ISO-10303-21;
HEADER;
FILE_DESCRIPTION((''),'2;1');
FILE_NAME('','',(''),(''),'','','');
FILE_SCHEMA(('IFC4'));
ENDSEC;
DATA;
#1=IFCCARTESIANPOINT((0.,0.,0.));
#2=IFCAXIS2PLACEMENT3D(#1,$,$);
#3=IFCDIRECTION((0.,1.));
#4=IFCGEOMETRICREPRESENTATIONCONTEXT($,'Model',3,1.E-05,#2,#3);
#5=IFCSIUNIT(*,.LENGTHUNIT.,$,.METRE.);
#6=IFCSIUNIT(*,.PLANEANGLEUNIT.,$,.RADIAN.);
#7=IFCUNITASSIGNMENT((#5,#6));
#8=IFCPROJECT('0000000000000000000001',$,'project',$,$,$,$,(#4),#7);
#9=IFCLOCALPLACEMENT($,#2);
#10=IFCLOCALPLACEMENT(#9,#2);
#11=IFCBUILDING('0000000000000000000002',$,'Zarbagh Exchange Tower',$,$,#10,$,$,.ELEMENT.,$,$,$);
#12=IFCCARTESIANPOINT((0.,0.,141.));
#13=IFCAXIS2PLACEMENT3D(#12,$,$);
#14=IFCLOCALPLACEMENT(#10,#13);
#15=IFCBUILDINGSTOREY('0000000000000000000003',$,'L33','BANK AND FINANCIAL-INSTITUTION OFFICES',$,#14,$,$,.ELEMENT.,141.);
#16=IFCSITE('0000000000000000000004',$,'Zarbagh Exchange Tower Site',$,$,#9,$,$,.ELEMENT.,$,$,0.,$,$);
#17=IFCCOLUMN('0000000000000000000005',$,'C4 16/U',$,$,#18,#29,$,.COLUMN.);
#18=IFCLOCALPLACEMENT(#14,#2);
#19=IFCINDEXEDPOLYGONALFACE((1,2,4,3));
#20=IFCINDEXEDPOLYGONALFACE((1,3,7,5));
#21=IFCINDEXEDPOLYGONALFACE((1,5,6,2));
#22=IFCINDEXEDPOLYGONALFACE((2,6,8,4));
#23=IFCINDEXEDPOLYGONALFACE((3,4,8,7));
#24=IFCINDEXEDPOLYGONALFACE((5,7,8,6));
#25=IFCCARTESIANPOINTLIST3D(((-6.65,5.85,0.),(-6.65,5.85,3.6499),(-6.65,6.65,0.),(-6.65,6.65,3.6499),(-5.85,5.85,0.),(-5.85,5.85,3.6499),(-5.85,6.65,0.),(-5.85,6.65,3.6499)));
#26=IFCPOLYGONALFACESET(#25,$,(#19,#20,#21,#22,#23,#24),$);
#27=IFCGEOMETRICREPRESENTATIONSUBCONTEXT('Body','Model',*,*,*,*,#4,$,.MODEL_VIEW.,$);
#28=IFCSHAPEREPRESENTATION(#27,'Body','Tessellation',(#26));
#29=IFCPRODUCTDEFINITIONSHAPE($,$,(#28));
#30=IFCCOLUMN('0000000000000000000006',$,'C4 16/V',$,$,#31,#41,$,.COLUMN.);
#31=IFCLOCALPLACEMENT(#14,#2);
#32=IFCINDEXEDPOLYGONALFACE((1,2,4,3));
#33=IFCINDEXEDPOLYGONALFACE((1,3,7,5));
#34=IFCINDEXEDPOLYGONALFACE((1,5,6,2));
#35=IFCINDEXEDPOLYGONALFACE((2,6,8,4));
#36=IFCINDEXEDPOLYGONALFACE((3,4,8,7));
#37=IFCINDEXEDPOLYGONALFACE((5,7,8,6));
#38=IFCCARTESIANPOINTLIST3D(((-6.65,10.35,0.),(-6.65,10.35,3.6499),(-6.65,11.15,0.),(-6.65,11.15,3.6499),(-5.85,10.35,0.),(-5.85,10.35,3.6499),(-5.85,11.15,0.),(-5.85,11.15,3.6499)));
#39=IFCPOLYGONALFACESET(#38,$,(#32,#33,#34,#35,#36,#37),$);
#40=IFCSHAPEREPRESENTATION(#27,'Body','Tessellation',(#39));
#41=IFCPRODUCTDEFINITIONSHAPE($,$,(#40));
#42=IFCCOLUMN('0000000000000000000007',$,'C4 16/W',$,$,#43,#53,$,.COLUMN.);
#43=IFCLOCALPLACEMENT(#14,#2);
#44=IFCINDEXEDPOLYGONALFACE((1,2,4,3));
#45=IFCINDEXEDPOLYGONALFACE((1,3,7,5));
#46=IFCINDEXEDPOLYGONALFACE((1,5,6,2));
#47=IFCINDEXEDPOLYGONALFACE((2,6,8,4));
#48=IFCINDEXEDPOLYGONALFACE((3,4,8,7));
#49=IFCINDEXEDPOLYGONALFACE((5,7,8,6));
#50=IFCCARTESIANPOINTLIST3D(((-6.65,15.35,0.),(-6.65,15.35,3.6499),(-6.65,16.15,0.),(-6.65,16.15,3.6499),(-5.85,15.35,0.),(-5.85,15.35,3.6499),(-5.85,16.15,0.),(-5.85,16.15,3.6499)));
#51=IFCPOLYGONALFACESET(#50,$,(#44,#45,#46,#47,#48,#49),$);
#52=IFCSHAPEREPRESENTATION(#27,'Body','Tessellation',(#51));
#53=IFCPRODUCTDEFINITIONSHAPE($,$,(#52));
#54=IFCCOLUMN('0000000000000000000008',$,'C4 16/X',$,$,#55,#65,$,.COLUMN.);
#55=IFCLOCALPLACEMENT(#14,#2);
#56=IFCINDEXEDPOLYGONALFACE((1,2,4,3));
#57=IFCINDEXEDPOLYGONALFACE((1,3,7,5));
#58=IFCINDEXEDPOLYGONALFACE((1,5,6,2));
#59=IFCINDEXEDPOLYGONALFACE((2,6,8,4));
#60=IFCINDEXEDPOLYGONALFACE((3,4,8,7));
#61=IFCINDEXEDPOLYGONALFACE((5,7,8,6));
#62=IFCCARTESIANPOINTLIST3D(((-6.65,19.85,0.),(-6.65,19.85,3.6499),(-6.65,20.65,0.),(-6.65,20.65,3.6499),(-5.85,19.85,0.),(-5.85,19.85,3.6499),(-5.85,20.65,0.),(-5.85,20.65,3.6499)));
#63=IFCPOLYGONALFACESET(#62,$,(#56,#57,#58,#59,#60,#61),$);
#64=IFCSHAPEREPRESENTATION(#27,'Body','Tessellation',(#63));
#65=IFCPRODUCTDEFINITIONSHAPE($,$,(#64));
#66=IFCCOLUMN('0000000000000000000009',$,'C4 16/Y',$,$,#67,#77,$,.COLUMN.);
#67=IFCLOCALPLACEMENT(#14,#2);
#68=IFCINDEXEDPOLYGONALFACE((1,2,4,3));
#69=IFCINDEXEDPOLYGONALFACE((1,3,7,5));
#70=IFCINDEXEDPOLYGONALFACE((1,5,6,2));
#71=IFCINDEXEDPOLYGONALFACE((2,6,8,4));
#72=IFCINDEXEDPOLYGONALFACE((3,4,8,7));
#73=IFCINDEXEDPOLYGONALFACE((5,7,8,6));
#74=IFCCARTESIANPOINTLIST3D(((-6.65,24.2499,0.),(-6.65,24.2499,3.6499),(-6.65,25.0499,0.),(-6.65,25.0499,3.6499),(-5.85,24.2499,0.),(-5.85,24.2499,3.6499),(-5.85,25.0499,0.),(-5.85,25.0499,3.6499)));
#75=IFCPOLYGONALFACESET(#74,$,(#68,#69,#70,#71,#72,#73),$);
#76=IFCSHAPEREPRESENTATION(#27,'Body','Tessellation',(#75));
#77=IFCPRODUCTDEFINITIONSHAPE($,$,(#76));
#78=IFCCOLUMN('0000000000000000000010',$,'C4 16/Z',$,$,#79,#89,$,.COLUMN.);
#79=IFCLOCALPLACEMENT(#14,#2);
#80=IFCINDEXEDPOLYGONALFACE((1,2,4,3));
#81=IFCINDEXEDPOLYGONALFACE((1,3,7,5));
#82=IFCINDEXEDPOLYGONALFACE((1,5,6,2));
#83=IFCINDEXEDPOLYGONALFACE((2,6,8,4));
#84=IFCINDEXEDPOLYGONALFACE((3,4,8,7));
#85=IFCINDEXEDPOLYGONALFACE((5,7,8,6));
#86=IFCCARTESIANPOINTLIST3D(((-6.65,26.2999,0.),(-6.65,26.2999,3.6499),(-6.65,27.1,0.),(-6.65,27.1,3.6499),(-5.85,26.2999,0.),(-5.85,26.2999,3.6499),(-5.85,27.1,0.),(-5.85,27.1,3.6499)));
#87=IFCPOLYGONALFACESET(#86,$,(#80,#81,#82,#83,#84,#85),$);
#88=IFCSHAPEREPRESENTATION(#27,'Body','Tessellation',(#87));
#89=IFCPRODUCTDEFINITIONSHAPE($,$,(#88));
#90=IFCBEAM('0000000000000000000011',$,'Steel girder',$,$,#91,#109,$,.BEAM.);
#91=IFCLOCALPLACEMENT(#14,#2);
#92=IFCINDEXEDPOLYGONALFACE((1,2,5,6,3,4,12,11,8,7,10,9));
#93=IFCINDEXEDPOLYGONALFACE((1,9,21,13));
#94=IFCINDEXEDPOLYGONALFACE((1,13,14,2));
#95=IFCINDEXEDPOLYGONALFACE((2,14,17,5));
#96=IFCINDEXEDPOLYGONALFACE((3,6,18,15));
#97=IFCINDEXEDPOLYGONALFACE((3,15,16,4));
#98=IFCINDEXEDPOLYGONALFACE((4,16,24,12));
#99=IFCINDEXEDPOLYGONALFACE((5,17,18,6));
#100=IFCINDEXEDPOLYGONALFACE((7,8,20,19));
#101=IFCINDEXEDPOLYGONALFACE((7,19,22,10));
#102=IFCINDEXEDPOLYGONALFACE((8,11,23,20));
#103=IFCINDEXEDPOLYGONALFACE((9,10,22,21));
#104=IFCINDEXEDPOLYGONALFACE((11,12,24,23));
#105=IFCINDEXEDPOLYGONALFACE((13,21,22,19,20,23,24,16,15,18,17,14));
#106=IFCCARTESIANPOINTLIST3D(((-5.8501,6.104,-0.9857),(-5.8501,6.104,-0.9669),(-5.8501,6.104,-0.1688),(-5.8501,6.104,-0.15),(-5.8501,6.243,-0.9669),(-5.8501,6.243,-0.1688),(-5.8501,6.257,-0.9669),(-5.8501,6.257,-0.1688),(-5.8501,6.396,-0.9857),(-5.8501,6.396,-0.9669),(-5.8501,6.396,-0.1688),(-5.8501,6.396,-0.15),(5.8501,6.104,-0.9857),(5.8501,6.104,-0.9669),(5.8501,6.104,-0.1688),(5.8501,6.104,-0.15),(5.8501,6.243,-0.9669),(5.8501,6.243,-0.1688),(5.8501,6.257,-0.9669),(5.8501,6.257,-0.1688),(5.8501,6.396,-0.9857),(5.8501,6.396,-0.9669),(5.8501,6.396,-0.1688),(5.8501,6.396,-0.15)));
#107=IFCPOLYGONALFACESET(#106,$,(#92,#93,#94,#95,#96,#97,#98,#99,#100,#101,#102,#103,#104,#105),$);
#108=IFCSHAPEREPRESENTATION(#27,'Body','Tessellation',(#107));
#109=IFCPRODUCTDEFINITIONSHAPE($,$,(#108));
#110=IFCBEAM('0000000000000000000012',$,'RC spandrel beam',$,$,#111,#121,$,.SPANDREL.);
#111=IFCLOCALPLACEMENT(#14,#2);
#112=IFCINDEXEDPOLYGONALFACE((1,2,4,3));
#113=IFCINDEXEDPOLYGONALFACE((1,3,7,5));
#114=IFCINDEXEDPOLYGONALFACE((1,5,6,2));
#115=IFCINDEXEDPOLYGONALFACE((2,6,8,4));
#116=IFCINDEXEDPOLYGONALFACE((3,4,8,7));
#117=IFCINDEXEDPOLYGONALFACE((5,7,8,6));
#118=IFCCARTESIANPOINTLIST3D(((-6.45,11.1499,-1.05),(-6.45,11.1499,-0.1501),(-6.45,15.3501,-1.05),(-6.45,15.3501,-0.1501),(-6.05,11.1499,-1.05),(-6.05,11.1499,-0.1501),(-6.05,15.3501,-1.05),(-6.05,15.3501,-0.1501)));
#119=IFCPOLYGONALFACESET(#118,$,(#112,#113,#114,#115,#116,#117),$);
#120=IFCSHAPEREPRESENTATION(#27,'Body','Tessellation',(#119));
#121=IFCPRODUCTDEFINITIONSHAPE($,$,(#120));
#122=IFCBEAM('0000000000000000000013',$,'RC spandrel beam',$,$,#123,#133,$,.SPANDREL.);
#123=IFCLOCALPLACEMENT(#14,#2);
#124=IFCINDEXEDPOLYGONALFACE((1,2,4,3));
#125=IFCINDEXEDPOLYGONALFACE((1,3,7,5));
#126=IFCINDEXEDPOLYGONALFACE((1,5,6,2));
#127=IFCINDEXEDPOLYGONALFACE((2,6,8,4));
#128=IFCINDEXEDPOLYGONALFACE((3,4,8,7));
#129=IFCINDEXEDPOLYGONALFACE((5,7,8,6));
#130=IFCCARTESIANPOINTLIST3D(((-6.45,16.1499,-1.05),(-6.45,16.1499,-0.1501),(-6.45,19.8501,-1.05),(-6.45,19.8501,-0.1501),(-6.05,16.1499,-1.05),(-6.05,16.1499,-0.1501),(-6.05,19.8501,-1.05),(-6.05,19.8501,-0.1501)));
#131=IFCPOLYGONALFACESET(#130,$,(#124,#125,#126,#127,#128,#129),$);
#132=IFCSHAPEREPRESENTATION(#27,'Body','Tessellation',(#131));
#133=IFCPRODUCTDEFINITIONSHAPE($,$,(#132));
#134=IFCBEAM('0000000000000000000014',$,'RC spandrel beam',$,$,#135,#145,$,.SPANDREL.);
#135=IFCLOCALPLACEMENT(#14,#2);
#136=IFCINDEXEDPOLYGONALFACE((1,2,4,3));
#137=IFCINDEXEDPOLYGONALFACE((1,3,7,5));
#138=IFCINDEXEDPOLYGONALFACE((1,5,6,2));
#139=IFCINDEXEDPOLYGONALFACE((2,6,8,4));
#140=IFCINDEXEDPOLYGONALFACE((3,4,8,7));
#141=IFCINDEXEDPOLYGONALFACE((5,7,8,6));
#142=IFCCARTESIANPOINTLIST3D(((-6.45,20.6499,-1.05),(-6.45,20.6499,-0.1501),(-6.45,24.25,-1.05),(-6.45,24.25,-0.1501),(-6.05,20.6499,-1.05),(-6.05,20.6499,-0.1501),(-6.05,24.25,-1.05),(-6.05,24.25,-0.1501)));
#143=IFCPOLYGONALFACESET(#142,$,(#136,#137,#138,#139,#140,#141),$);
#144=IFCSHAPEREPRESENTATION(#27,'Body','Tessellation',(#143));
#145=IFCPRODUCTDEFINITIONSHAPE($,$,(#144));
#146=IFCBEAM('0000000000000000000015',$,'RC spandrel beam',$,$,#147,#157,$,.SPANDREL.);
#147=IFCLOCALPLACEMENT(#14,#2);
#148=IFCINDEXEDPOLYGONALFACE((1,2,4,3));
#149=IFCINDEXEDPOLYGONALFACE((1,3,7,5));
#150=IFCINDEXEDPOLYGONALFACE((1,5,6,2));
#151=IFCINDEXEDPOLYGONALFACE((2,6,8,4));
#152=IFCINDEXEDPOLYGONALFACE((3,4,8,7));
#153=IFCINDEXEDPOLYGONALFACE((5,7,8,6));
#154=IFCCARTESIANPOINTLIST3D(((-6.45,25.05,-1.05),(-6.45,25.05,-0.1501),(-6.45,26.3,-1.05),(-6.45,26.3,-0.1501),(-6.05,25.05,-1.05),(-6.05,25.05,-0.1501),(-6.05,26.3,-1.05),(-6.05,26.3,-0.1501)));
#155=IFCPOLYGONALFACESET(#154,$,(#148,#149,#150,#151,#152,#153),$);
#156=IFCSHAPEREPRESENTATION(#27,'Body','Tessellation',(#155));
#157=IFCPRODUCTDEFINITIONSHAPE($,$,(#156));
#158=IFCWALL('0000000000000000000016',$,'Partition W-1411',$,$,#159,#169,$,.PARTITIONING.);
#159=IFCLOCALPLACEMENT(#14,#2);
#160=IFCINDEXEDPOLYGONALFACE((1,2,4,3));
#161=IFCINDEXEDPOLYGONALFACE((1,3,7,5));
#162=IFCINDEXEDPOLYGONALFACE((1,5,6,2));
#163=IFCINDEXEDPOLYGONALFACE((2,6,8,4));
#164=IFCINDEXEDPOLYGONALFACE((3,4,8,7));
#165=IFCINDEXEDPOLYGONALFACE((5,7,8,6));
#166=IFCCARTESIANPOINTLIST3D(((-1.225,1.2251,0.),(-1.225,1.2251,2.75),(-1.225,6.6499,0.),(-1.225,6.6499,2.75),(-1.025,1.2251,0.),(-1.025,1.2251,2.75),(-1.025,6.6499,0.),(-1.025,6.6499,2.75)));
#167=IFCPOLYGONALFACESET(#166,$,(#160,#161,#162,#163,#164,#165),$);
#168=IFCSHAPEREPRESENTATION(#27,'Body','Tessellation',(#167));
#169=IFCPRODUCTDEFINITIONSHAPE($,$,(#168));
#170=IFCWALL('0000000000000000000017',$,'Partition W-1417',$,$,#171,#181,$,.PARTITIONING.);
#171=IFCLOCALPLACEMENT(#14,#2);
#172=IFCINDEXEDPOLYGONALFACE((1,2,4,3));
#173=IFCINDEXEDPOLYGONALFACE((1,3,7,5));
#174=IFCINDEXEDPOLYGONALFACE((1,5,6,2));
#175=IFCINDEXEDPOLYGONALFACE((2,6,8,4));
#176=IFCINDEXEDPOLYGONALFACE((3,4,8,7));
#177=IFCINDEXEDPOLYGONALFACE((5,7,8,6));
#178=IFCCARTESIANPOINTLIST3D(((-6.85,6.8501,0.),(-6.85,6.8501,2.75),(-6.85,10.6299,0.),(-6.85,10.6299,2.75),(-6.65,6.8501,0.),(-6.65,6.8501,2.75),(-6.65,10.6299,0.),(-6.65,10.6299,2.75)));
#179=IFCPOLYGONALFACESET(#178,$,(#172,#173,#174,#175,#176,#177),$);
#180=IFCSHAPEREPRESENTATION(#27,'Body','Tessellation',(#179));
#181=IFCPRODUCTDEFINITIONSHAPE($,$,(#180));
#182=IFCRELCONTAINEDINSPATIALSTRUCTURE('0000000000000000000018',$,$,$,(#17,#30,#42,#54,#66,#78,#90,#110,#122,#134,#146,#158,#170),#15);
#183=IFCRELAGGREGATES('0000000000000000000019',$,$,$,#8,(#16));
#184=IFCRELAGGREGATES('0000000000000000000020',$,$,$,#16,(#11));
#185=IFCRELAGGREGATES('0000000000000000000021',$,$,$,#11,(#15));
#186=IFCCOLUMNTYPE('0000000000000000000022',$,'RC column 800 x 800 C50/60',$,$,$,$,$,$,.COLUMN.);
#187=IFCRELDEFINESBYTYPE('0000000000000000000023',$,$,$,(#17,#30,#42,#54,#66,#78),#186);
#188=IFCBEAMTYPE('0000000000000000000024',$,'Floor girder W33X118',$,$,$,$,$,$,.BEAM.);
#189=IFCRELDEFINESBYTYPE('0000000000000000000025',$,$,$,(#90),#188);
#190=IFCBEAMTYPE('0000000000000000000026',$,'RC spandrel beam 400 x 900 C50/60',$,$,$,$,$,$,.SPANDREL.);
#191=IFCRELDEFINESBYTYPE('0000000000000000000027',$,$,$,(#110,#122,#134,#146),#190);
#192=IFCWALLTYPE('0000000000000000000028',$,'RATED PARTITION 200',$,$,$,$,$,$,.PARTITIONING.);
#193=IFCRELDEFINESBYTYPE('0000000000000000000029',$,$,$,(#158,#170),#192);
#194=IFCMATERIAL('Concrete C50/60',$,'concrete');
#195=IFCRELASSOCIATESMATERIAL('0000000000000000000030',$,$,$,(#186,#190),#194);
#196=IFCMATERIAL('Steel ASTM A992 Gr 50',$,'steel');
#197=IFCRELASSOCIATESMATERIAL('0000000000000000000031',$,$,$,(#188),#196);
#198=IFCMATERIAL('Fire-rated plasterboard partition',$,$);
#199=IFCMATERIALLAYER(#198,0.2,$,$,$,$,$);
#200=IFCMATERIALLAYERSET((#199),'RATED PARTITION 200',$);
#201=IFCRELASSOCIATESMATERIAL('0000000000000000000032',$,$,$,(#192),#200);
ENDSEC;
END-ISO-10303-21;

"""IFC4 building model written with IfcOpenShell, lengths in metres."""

from ifc_helpers import new_model, si_unit, direction, frame, frame_2d, origin, origin_2d, place, context, subcontext, project, spatial, rectangle, i_section, extrude, material, layer, layer_set, material_profile, profile_set, type_object, element, save


model = new_model("IFC4")

# Units and contexts
model_context = context("Model", 3, precision=1e-05, world=origin(), true_north=direction((0.0, 1.0)))
body_context = subcontext(model_context, "Body", "Model", "MODEL_VIEW")
ifc_project = project(units=[si_unit("LENGTHUNIT", "METRE"), si_unit("PLANEANGLEUNIT", "RADIAN")], contexts=[model_context])

# Site, building, storey
site_placement = place(None, origin())
site = spatial("IfcSite", under=ifc_project, at=site_placement, Name="Zarbagh Exchange Tower Site", CompositionType="ELEMENT", RefElevation=0.0)
building_placement = place(site_placement, origin())
building = spatial("IfcBuilding", under=site, at=building_placement, Name="Zarbagh Exchange Tower", CompositionType="ELEMENT")
storey_placement = place(building_placement, frame((0.0, 0.0, 141.0)))
storey = spatial("IfcBuildingStorey", under=building, at=storey_placement, Name="L33", Description="BANK AND FINANCIAL-INSTITUTION OFFICES", CompositionType="ELEMENT", Elevation=141.0)

# Columns
ifc_material_1 = material(Name="Concrete C50/60", Category="concrete")
ifc_material_profile_1 = material_profile(ifc_material_1, rectangle(XDim=0.8, YDim=0.8, at=origin_2d()), Name="RC column 800 x 800 C50/60")
ifc_profile_set_1 = profile_set([ifc_material_profile_1], Name="Concrete C50/60")
column_type = type_object("IfcColumnType", Name="RC column 800 x 800 C50/60", PredefinedType="COLUMN", material=ifc_profile_set_1)
for number, where, z_axis, x_axis, name in (
    (1, (-6.25, 6.25, 0.0), (0.0, 0.0, 1.0), (1.0, 0.0, 0.0), "C4 16/U"),
    (2, (-6.25, 10.75, 0.0), (0.0, 0.0, 1.0), (1.0, 0.0, 0.0), "C4 16/V"),
    (3, (-6.25, 15.75, 0.0), (0.0, 0.0, 1.0), (1.0, 0.0, 0.0), "C4 16/W"),
    (4, (-6.25, 20.25, 0.0), (0.0, 0.0, 1.0), (1.0, 0.0, 0.0), "C4 16/X"),
    (5, (-6.25, 24.6499, 0.0), (0.0, 0.0, 1.0), (1.0, 0.0, 0.0), "C4 16/Y"),
    (6, (-6.25, 26.7, 0.0), (0.0, 0.0, 1.0), (1.0, 0.0, 0.0), "C4 16/Z"),
):
    element("IfcColumn", number, at=place(storey_placement, frame(where, z_axis=z_axis, x_axis=x_axis)), inside=storey, type_object=column_type, Name=name, PredefinedType="COLUMN", context=body_context, shape_type="SweptSolid", body=[
        extrude(rectangle(XDim=0.8, YDim=0.8, at=origin_2d()), origin(), (0.0, 0.0, 1.0), 3.6499),
    ])

# Beams
ifc_material_2 = material(Name="Steel ASTM A992 Gr 50", Category="steel")
ifc_material_profile_2 = material_profile(ifc_material_2, i_section(OverallWidth=0.292, OverallDepth=0.8357, WebThickness=0.0139, FlangeThickness=0.0188, at=origin_2d()), Name="W33X118")
ifc_profile_set_2 = profile_set([ifc_material_profile_2], Name="Steel ASTM A992 Gr 50")
beam_type_1 = type_object("IfcBeamType", Name="Floor girder W33X118", PredefinedType="BEAM", material=ifc_profile_set_2)
beam_1_placement = place(storey_placement, frame((-5.8501, 6.25, -0.5679), z_axis=(1.0, 0.0, 0.0), x_axis=(0.0, 1.0, 0.0)))
element("IfcBeam", 7, at=beam_1_placement, inside=storey, type_object=beam_type_1, Name="Steel girder", PredefinedType="BEAM", context=body_context, shape_type="SweptSolid", body=[
    extrude(i_section(OverallWidth=0.292, OverallDepth=0.8357, WebThickness=0.0139, FlangeThickness=0.0188, at=origin_2d()), origin(), (0.0, 0.0, 1.0), 11.7002),
])
ifc_material_profile_3 = material_profile(ifc_material_1, rectangle(XDim=0.3999, YDim=0.8999, at=origin_2d()), Name="RC spandrel beam 400 x 900 C50/60")
ifc_profile_set_3 = profile_set([ifc_material_profile_3], Name="Concrete C50/60")
beam_type_2 = type_object("IfcBeamType", Name="RC spandrel beam 400 x 900 C50/60", PredefinedType="SPANDREL", material=ifc_profile_set_3)
beam_2_placement = place(storey_placement, frame((-6.25, 11.1499, -0.6001), z_axis=(0.0, 1.0, 0.0), x_axis=(-1.0, 0.0, 0.0)))
element("IfcBeam", 8, at=beam_2_placement, inside=storey, type_object=beam_type_2, Name="RC spandrel beam", PredefinedType="SPANDREL", context=body_context, shape_type="SweptSolid", body=[
    extrude(rectangle(XDim=0.3999, YDim=0.8999, at=origin_2d()), origin(), (0.0, 0.0, 1.0), 4.2002),
])
beam_3_placement = place(storey_placement, frame((-6.25, 16.1499, -0.6001), z_axis=(0.0, 1.0, 0.0), x_axis=(-1.0, 0.0, 0.0)))
element("IfcBeam", 9, at=beam_3_placement, inside=storey, type_object=beam_type_2, Name="RC spandrel beam", PredefinedType="SPANDREL", context=body_context, shape_type="SweptSolid", body=[
    extrude(rectangle(XDim=0.3999, YDim=0.8999, at=origin_2d()), origin(), (0.0, 0.0, 1.0), 3.7002),
])
beam_4_placement = place(storey_placement, frame((-6.25, 20.6499, -0.6001), z_axis=(0.0, 1.0, 0.0), x_axis=(-1.0, 0.0, 0.0)))
element("IfcBeam", 10, at=beam_4_placement, inside=storey, type_object=beam_type_2, Name="RC spandrel beam", PredefinedType="SPANDREL", context=body_context, shape_type="SweptSolid", body=[
    extrude(rectangle(XDim=0.3999, YDim=0.8999, at=origin_2d()), origin(), (0.0, 0.0, 1.0), 3.6001),
])
beam_5_placement = place(storey_placement, frame((-6.25, 25.05, -0.6001), z_axis=(0.0, 1.0, 0.0), x_axis=(-1.0, 0.0, 0.0)))
element("IfcBeam", 11, at=beam_5_placement, inside=storey, type_object=beam_type_2, Name="RC spandrel beam", PredefinedType="SPANDREL", context=body_context, shape_type="SweptSolid", body=[
    extrude(rectangle(XDim=0.3999, YDim=0.8999, at=origin_2d()), origin(), (0.0, 0.0, 1.0), 1.25),
])

# Walls
ifc_material_3 = material(Name="Fire-rated plasterboard partition")
ifc_layer_1 = layer(ifc_material_3, 0.2)
ifc_layer_set_1 = layer_set([ifc_layer_1], Name="RATED PARTITION 200")
wall_type_1 = type_object("IfcWallType", Name="RATED PARTITION 200", PredefinedType="PARTITIONING", material=ifc_layer_set_1)
wall_1_placement = place(storey_placement, frame((-1.125, 1.2251, 0.0), z_axis=(0.0, 0.0, 1.0), x_axis=(0.0, 1.0, 0.0)))
element("IfcWall", 12, at=wall_1_placement, inside=storey, type_object=wall_type_1, Name="Partition W-1411", PredefinedType="PARTITIONING", context=body_context, shape_type="SweptSolid", body=[
    extrude(rectangle(XDim=5.4248, YDim=0.2, at=frame_2d((2.7124, 0.0))), origin(), (0.0, 0.0, 1.0), 2.75),
])
wall_2_placement = place(storey_placement, frame((-6.75, 6.8501, 0.0), z_axis=(0.0, 0.0, 1.0), x_axis=(0.0, 1.0, 0.0)))
element("IfcWall", 13, at=wall_2_placement, inside=storey, type_object=wall_type_1, Name="Partition W-1417", PredefinedType="PARTITIONING", context=body_context, shape_type="SweptSolid", body=[
    extrude(rectangle(XDim=3.7798, YDim=0.2, at=frame_2d((1.8899, 0.0))), origin(), (0.0, 0.0, 1.0), 2.75),
])

save(model, "model.ifc")
